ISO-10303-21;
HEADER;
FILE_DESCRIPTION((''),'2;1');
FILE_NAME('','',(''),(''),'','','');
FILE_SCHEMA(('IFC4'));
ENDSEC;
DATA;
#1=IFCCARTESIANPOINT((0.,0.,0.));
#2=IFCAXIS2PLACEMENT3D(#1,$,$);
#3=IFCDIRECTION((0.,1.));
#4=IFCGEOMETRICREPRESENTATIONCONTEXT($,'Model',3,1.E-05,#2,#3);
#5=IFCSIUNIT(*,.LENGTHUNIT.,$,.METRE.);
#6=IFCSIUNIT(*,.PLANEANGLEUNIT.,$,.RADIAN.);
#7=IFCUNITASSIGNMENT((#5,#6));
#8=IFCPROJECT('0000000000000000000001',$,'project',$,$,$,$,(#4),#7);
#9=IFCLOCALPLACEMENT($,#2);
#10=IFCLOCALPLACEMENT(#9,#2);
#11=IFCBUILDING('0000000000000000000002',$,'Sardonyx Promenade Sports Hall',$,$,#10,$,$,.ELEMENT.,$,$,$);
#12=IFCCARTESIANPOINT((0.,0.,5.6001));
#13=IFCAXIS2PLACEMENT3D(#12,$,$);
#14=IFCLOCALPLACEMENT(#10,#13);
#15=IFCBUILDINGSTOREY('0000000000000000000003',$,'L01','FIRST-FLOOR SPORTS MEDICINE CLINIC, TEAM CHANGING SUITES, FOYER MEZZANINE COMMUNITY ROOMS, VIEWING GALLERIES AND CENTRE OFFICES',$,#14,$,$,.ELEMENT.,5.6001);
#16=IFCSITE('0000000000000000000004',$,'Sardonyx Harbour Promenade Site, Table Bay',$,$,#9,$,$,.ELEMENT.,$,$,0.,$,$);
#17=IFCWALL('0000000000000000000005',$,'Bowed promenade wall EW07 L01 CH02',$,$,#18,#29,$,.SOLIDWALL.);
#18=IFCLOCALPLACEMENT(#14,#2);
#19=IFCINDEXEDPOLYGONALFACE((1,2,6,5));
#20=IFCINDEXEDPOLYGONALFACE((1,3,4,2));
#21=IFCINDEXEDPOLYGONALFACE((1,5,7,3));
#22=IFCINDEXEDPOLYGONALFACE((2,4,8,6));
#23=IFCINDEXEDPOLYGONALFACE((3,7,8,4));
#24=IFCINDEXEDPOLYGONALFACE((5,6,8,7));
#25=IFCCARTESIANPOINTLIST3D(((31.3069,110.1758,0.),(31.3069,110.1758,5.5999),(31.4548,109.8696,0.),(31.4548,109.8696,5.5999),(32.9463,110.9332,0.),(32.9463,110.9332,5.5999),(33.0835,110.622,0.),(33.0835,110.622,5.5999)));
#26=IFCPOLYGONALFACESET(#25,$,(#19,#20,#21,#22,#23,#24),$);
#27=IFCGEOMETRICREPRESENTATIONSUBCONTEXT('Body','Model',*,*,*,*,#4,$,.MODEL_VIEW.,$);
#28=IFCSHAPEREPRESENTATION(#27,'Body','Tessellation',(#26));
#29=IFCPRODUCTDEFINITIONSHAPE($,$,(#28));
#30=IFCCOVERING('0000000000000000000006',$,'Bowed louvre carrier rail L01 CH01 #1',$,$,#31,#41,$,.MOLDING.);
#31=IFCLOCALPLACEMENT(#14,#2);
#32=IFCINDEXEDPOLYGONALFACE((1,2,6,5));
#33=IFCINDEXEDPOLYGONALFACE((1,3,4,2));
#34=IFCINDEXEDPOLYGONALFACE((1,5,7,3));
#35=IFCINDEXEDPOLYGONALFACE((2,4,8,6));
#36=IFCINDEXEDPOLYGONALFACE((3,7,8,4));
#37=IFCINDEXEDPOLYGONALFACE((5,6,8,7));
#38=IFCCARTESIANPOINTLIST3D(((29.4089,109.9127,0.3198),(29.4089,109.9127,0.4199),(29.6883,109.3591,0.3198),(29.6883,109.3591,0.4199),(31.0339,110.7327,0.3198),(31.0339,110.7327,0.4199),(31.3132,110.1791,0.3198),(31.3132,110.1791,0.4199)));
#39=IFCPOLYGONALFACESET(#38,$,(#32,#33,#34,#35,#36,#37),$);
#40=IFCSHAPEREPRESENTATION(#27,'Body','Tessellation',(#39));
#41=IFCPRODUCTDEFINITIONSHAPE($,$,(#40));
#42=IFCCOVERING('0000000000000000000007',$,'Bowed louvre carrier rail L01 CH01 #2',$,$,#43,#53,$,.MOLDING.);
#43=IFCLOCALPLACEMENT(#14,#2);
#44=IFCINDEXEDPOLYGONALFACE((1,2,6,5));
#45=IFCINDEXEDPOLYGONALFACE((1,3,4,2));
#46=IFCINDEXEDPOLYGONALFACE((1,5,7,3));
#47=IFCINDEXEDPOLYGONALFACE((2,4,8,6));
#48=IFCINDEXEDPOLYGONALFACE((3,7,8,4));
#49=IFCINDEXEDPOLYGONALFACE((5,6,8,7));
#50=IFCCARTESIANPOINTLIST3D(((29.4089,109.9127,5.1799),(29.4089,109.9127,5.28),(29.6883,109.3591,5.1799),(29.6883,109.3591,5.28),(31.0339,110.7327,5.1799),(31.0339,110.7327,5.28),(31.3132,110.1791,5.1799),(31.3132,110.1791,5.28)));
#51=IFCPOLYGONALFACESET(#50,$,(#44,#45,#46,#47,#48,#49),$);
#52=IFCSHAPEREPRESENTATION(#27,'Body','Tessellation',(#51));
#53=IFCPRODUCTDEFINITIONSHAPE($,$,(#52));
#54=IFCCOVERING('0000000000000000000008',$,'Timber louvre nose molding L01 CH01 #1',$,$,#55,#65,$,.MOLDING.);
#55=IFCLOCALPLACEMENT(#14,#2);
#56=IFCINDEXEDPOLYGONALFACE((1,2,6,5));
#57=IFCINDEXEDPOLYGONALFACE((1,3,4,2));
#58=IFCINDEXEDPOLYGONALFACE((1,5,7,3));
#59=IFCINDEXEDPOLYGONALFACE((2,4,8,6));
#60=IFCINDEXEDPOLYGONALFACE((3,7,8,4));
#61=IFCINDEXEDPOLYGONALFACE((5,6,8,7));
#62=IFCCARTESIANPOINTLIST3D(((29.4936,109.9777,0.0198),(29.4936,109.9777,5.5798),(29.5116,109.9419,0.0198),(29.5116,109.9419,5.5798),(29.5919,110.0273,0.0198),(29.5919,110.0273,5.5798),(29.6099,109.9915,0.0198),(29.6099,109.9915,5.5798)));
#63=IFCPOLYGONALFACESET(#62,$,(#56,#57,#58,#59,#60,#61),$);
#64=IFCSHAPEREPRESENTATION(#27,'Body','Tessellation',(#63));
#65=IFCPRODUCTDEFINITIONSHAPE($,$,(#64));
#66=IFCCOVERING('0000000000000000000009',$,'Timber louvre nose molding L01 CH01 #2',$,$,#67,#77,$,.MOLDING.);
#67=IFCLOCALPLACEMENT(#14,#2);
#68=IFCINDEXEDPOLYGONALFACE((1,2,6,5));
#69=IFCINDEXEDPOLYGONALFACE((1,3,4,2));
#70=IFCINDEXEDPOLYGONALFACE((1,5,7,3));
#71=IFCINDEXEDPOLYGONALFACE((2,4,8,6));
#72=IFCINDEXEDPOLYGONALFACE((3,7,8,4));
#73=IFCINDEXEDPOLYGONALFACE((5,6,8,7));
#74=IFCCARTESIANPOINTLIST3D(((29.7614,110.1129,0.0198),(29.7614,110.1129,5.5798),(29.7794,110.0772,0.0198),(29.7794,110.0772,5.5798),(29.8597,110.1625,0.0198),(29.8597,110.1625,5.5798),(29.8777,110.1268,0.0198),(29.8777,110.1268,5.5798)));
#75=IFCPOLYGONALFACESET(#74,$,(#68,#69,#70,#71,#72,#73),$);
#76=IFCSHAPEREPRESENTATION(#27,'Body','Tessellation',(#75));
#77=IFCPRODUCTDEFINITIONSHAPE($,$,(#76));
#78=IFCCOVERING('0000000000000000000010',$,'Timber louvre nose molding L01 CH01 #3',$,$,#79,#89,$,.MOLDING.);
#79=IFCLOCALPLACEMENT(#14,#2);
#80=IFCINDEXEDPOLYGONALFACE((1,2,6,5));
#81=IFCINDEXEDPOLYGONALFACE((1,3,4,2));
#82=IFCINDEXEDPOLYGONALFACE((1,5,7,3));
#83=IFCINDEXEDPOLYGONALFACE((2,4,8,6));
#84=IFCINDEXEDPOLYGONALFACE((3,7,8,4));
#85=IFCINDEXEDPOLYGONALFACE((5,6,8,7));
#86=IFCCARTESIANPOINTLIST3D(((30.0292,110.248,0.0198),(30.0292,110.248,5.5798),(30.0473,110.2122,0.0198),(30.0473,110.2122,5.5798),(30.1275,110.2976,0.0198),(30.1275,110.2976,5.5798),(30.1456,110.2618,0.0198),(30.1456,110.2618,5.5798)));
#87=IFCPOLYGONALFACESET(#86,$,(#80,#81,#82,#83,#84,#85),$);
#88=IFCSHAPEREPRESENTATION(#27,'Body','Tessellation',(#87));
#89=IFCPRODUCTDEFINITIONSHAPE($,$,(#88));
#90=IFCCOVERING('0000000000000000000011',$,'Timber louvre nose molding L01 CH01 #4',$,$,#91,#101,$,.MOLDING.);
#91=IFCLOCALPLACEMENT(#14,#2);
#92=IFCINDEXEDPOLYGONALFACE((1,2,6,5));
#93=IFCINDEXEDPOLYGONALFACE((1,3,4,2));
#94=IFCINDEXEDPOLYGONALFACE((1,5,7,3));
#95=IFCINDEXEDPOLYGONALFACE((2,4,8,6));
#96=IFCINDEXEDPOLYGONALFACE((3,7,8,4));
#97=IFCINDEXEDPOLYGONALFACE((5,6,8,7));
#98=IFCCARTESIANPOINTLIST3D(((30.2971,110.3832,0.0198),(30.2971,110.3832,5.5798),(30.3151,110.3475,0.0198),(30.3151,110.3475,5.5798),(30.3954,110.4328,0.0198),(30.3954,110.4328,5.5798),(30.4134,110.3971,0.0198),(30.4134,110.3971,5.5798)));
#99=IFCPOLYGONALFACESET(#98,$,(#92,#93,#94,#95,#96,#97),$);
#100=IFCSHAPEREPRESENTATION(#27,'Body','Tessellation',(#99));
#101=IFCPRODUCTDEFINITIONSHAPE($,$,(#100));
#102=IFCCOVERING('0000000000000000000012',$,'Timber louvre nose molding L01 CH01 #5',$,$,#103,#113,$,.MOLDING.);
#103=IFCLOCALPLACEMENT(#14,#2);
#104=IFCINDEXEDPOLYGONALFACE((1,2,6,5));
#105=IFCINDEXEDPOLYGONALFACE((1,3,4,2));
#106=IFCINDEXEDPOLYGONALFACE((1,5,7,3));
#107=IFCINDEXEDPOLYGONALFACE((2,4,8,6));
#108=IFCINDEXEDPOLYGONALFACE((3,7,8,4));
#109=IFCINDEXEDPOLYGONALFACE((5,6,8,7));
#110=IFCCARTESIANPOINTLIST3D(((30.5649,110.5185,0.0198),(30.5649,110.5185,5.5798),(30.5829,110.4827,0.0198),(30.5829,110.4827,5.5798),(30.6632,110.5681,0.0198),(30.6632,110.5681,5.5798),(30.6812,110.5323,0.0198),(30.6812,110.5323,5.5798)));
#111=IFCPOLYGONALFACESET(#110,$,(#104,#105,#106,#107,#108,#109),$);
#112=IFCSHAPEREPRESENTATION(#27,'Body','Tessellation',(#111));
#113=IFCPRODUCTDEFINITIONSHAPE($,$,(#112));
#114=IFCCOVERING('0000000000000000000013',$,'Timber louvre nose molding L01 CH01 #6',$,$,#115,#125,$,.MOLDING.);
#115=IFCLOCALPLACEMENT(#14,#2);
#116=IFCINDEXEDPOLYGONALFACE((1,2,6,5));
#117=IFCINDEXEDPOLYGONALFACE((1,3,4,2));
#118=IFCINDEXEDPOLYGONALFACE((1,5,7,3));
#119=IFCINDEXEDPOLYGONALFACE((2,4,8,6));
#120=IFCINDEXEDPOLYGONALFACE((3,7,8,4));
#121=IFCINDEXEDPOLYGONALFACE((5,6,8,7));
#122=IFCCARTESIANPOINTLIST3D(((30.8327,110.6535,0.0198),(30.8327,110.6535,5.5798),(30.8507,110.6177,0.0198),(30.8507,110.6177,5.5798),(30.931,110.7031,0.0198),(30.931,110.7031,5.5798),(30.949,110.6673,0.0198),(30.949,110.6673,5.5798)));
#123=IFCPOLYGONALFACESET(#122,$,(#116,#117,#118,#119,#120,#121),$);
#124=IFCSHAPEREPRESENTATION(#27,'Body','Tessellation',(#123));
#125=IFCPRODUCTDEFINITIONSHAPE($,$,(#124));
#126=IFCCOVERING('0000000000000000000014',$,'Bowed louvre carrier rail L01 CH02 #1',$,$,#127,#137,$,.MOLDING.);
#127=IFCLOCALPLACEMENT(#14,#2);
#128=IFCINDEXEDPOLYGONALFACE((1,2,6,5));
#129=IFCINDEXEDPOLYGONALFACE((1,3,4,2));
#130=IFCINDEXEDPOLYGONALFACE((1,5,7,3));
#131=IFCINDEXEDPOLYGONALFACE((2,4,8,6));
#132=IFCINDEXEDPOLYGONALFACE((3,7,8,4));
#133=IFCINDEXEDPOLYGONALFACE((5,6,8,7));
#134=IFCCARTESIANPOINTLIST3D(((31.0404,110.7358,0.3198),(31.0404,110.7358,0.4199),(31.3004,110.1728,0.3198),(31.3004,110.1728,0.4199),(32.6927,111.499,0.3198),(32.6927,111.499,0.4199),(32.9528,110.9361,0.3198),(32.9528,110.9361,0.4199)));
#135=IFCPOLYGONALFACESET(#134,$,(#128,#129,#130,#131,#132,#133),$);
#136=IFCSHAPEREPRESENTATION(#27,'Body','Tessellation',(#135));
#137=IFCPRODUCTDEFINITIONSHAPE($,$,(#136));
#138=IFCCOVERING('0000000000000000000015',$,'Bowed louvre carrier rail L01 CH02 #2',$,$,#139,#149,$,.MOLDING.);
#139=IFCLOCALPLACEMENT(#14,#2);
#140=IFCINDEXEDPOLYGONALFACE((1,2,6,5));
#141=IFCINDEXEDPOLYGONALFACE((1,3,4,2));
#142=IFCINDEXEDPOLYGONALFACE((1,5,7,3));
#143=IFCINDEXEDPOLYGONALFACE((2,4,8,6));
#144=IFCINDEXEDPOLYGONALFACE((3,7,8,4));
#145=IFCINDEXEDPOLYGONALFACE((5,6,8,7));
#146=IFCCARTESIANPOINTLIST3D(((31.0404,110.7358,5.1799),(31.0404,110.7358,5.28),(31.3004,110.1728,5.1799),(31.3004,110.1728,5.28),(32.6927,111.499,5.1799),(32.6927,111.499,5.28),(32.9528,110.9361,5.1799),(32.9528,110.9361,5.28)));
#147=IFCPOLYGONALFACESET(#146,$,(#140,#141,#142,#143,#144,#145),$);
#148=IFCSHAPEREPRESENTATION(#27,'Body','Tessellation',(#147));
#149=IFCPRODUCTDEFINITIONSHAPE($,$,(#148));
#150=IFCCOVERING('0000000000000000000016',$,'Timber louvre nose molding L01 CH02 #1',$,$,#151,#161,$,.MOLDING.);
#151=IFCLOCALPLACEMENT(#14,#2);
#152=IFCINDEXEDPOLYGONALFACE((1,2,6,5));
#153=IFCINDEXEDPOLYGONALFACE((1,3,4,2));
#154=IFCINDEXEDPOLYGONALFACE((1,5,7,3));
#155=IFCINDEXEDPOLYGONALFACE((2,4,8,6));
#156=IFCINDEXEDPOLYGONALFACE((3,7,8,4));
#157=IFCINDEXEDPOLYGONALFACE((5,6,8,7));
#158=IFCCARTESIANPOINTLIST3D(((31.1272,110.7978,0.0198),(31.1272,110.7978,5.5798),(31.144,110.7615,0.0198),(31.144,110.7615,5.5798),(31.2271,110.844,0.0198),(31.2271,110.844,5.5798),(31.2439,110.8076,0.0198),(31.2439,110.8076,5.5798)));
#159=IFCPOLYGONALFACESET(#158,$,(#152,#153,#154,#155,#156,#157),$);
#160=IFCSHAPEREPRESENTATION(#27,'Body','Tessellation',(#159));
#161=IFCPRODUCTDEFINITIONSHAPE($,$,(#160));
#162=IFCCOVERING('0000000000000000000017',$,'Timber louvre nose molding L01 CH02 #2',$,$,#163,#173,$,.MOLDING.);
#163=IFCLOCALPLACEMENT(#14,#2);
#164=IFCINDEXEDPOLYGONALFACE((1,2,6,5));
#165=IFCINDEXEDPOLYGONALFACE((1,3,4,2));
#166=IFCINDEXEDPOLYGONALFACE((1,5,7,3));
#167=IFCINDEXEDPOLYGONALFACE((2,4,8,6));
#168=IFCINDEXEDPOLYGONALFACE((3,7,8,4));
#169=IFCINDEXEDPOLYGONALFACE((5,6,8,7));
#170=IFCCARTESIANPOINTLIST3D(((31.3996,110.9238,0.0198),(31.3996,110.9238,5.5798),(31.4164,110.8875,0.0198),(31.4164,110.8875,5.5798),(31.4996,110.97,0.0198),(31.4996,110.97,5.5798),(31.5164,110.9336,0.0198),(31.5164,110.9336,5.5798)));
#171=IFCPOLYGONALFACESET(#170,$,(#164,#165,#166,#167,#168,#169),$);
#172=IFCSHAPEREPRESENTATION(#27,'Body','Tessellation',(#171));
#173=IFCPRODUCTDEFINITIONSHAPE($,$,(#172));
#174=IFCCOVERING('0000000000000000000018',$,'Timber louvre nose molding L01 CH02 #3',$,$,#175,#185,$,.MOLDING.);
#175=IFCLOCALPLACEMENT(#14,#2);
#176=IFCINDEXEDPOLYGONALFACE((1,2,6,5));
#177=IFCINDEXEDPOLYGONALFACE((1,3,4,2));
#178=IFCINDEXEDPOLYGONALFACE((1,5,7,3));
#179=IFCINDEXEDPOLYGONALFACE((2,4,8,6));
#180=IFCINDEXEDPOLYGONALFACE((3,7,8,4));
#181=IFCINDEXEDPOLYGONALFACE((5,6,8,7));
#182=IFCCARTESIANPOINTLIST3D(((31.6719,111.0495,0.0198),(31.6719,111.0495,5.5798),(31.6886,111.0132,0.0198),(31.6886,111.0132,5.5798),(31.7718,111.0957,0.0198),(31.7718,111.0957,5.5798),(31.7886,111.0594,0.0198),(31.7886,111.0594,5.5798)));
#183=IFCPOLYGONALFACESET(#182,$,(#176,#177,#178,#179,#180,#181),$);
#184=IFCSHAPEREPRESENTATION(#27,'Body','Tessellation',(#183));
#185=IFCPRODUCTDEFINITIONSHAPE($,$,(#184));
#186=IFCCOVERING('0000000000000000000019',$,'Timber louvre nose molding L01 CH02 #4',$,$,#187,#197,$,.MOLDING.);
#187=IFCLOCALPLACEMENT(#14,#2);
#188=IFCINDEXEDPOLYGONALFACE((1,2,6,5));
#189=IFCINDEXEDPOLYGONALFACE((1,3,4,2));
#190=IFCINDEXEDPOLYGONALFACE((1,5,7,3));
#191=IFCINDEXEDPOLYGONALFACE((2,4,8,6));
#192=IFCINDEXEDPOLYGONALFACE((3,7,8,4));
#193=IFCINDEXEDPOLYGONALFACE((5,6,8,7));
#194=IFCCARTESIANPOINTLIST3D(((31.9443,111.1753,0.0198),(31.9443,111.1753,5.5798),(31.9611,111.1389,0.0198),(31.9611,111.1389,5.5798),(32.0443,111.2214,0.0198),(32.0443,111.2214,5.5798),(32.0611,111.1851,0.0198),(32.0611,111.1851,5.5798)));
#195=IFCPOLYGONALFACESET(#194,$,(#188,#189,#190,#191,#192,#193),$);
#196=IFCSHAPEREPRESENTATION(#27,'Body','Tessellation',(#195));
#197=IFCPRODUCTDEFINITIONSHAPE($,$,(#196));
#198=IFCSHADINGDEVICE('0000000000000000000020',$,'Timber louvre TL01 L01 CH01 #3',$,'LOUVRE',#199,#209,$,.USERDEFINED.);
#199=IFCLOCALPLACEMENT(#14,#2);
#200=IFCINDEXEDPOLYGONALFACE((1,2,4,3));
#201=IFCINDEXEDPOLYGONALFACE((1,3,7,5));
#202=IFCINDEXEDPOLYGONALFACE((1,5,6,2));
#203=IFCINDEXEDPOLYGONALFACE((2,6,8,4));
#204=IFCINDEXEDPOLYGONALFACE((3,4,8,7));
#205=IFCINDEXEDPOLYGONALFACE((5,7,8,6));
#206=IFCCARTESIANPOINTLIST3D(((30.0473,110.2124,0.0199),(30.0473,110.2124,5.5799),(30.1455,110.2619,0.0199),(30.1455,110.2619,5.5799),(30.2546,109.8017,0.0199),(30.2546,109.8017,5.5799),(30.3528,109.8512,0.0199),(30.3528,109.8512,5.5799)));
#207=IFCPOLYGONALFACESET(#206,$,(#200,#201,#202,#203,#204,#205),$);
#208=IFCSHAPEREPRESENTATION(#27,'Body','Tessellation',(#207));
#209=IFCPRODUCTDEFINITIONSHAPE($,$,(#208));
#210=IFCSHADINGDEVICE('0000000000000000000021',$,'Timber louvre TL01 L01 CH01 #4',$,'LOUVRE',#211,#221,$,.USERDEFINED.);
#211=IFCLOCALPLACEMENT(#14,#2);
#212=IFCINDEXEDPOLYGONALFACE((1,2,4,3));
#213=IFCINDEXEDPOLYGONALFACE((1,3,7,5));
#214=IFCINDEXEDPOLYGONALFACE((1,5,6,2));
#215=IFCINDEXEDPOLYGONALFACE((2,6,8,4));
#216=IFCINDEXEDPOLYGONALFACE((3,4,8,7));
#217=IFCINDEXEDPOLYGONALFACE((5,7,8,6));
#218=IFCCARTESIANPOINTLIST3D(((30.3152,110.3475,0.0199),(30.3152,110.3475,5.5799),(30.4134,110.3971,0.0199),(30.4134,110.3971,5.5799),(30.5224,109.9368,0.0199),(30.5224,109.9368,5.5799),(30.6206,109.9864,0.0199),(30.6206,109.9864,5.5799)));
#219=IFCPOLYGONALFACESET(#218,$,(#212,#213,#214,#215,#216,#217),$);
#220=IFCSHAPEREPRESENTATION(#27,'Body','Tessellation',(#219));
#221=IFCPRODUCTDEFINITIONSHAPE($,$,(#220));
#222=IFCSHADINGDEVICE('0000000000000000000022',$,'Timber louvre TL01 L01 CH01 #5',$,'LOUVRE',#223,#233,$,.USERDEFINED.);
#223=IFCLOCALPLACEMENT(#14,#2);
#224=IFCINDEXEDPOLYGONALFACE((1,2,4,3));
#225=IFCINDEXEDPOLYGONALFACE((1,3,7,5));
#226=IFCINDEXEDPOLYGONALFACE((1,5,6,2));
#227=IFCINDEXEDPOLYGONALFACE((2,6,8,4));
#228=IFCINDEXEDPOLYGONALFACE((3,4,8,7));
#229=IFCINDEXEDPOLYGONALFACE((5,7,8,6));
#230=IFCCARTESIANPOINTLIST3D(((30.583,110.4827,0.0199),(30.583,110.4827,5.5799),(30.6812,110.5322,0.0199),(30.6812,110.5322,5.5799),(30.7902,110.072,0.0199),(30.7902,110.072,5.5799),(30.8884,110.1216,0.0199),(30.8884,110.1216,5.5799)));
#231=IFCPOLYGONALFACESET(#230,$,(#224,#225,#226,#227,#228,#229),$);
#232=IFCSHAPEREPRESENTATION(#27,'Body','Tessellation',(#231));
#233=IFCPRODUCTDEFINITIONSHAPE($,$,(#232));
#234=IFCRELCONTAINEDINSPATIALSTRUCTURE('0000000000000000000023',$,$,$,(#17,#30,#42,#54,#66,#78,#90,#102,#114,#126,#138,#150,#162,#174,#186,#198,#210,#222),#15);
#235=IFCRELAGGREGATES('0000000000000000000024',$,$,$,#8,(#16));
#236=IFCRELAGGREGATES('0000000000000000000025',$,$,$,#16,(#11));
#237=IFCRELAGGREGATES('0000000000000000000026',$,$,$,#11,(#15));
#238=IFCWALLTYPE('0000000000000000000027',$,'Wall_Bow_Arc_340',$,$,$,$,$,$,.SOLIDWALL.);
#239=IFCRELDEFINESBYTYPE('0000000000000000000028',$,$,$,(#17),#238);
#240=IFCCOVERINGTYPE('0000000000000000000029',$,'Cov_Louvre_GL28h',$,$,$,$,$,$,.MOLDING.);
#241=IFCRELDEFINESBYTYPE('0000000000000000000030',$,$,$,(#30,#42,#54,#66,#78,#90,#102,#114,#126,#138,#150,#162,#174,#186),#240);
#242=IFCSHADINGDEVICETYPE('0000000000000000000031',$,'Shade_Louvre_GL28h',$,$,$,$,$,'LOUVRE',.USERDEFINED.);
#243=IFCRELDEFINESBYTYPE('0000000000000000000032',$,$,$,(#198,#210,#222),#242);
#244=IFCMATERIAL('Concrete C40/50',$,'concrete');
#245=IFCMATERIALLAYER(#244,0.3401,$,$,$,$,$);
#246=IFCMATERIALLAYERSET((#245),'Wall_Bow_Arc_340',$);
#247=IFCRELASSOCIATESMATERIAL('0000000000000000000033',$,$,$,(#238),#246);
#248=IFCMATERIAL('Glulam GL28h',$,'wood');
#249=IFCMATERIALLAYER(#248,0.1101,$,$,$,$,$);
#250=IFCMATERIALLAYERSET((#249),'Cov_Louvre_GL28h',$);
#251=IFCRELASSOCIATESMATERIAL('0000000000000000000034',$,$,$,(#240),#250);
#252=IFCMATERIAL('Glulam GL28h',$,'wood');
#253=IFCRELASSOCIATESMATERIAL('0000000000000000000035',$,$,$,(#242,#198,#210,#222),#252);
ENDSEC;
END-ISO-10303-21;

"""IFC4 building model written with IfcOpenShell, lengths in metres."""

from ifc_helpers import new_model, si_unit, direction, frame, origin, origin_2d, place, context, subcontext, project, spatial, polyline, rectangle, outline, extrude, material, layer, layer_set, type_object, element, save


model = new_model("IFC4")

# Units and contexts
model_context = context("Model", 3, precision=1e-05, world=origin(), true_north=direction((0.0, 1.0)))
body_context = subcontext(model_context, "Body", "Model", "MODEL_VIEW")
ifc_project = project(units=[si_unit("LENGTHUNIT", "METRE"), si_unit("PLANEANGLEUNIT", "RADIAN")], contexts=[model_context])

# Site, building, storey
site_placement = place(None, origin())
site = spatial("IfcSite", under=ifc_project, at=site_placement, Name="Sardonyx Harbour Promenade Site, Table Bay", CompositionType="ELEMENT", RefElevation=0.0)
building_placement = place(site_placement, origin())
building = spatial("IfcBuilding", under=site, at=building_placement, Name="Sardonyx Promenade Sports Hall", CompositionType="ELEMENT")
storey_placement = place(building_placement, frame((0.0, 0.0, 5.6001)))
storey = spatial("IfcBuildingStorey", under=building, at=storey_placement, Name="L01", Description="FIRST-FLOOR SPORTS MEDICINE CLINIC, TEAM CHANGING SUITES, FOYER MEZZANINE COMMUNITY ROOMS, VIEWING GALLERIES AND CENTRE OFFICES", CompositionType="ELEMENT", Elevation=5.6001)

# Wall
ifc_material_1 = material(Name="Concrete C40/50", Category="concrete")
ifc_layer_1 = layer(ifc_material_1, 0.3401)
ifc_layer_set_1 = layer_set([ifc_layer_1], Name="Wall_Bow_Arc_340")
wall_type = type_object("IfcWallType", Name="Wall_Bow_Arc_340", PredefinedType="SOLIDWALL", material=ifc_layer_set_1)
wall_placement = place(storey_placement, frame((31.3809, 110.0227, 0.0), z_axis=(0.0, 0.0, 1.0), x_axis=(0.907808, 0.419385, 0.0)))
element("IfcWall", 1, at=wall_placement, inside=storey, type_object=wall_type, Name="Bowed promenade wall EW07 L01 CH02", PredefinedType="SOLIDWALL", context=body_context, shape_type="SweptSolid", body=[
    extrude(outline(polyline([(0.0029, -0.17), (1.7971, -0.17), (1.8029, 0.17), (-0.0029, 0.17), (0.0029, -0.17)])), origin(), (0.0, 0.0, 1.0), 5.5999),
])

# Coverings
ifc_material_2 = material(Name="Glulam GL28h", Category="wood")
ifc_layer_2 = layer(ifc_material_2, 0.1101)
ifc_layer_set_2 = layer_set([ifc_layer_2], Name="Cov_Louvre_GL28h")
covering_type = type_object("IfcCoveringType", Name="Cov_Louvre_GL28h", PredefinedType="MOLDING", material=ifc_layer_set_2)
for number, where, z_axis, x_axis, name in (
    (2, (30.3611, 110.0459, 0.3198), (0.0, 0.0, 1.0), (0.892774, 0.450505, 0.0), "Bowed louvre carrier rail L01 CH01 #1"),
    (3, (30.3611, 110.0459, 5.1799), (0.0, 0.0, 1.0), (0.892774, 0.450505, 0.0), "Bowed louvre carrier rail L01 CH01 #2"),
):
    element("IfcCovering", number, at=place(storey_placement, frame(where, z_axis=z_axis, x_axis=x_axis)), inside=storey, type_object=covering_type, Name=name, PredefinedType="MOLDING", context=body_context, shape_type="SweptSolid", body=[
        extrude(rectangle(XDim=1.8201, YDim=0.6201, at=origin_2d()), origin(), (0.0, 0.0, 1.0), 0.1001),
    ])
for number, where, z_axis, x_axis, name in (
    (4, (29.5518, 109.9846, 0.0198), (0.0, 0.0, 1.0), (0.892774, 0.450505, 0.0), "Timber louvre nose molding L01 CH01 #1"),
    (5, (29.8196, 110.1199, 0.0198), (0.0, 0.0, 1.0), (0.892774, 0.450505, 0.0), "Timber louvre nose molding L01 CH01 #2"),
    (6, (30.0874, 110.2549, 0.0198), (0.0, 0.0, 1.0), (0.892774, 0.450505, 0.0), "Timber louvre nose molding L01 CH01 #3"),
    (7, (30.3552, 110.3901, 0.0198), (0.0, 0.0, 1.0), (0.892774, 0.450505, 0.0), "Timber louvre nose molding L01 CH01 #4"),
    (8, (30.623, 110.5254, 0.0198), (0.0, 0.0, 1.0), (0.892774, 0.450505, 0.0), "Timber louvre nose molding L01 CH01 #5"),
    (9, (30.8909, 110.6604, 0.0198), (0.0, 0.0, 1.0), (0.892774, 0.450505, 0.0), "Timber louvre nose molding L01 CH01 #6"),
):
    element("IfcCovering", number, at=place(storey_placement, frame(where, z_axis=z_axis, x_axis=x_axis)), inside=storey, type_object=covering_type, Name=name, PredefinedType="MOLDING", context=body_context, shape_type="SweptSolid", body=[
        extrude(rectangle(XDim=0.1101, YDim=0.04, at=origin_2d()), origin(), (0.0, 0.0, 1.0), 5.5601),
    ])
for number, where, z_axis, x_axis, name in (
    (10, (31.9966, 110.8359, 0.3198), (0.0, 0.0, 1.0), (0.907831, 0.419336, 0.0), "Bowed louvre carrier rail L01 CH02 #1"),
    (11, (31.9966, 110.8359, 5.1799), (0.0, 0.0, 1.0), (0.907831, 0.419336, 0.0), "Bowed louvre carrier rail L01 CH02 #2"),
):
    element("IfcCovering", number, at=place(storey_placement, frame(where, z_axis=z_axis, x_axis=x_axis)), inside=storey, type_object=covering_type, Name=name, PredefinedType="MOLDING", context=body_context, shape_type="SweptSolid", body=[
        extrude(rectangle(XDim=1.8201, YDim=0.6201, at=origin_2d()), origin(), (0.0, 0.0, 1.0), 0.1001),
    ])
for number, where, z_axis, x_axis, name in (
    (12, (31.1855, 110.8027, 0.0198), (0.0, 0.0, 1.0), (0.907831, 0.419336, 0.0), "Timber louvre nose molding L01 CH02 #1"),
    (13, (31.458, 110.9287, 0.0198), (0.0, 0.0, 1.0), (0.907831, 0.419336, 0.0), "Timber louvre nose molding L01 CH02 #2"),
    (14, (31.7302, 111.0544, 0.0198), (0.0, 0.0, 1.0), (0.907831, 0.419336, 0.0), "Timber louvre nose molding L01 CH02 #3"),
    (15, (32.0027, 111.1802, 0.0198), (0.0, 0.0, 1.0), (0.907831, 0.419336, 0.0), "Timber louvre nose molding L01 CH02 #4"),
):
    element("IfcCovering", number, at=place(storey_placement, frame(where, z_axis=z_axis, x_axis=x_axis)), inside=storey, type_object=covering_type, Name=name, PredefinedType="MOLDING", context=body_context, shape_type="SweptSolid", body=[
        extrude(rectangle(XDim=0.1101, YDim=0.04, at=origin_2d()), origin(), (0.0, 0.0, 1.0), 5.5601),
    ])

# Shading devices
ifc_material_3 = material(Name="Glulam GL28h", Category="wood")
shading_device_type = type_object("IfcShadingDeviceType", Name="Shade_Louvre_GL28h", ElementType="LOUVRE", PredefinedType="USERDEFINED", material=ifc_material_3)
for number, where, z_axis, x_axis, name in (
    (16, (30.2001, 110.0318, 0.0199), (0.0, 0.0, 1.0), (0.892774, 0.450505, 0.0), "Timber louvre TL01 L01 CH01 #3"),
    (17, (30.4679, 110.167, 0.0199), (0.0, 0.0, 1.0), (0.892774, 0.450505, 0.0), "Timber louvre TL01 L01 CH01 #4"),
    (18, (30.7357, 110.3021, 0.0199), (0.0, 0.0, 1.0), (0.892774, 0.450505, 0.0), "Timber louvre TL01 L01 CH01 #5"),
):
    element("IfcShadingDevice", number, at=place(storey_placement, frame(where, z_axis=z_axis, x_axis=x_axis)), inside=storey, type_object=shading_device_type, material=ifc_material_3, Name=name, ObjectType="LOUVRE", PredefinedType="USERDEFINED", context=body_context, shape_type="SweptSolid", body=[
        extrude(rectangle(XDim=0.11, YDim=0.46), origin(), (0.0, 0.0, 1.0), 5.56),
    ])

save(model, "model.ifc")
